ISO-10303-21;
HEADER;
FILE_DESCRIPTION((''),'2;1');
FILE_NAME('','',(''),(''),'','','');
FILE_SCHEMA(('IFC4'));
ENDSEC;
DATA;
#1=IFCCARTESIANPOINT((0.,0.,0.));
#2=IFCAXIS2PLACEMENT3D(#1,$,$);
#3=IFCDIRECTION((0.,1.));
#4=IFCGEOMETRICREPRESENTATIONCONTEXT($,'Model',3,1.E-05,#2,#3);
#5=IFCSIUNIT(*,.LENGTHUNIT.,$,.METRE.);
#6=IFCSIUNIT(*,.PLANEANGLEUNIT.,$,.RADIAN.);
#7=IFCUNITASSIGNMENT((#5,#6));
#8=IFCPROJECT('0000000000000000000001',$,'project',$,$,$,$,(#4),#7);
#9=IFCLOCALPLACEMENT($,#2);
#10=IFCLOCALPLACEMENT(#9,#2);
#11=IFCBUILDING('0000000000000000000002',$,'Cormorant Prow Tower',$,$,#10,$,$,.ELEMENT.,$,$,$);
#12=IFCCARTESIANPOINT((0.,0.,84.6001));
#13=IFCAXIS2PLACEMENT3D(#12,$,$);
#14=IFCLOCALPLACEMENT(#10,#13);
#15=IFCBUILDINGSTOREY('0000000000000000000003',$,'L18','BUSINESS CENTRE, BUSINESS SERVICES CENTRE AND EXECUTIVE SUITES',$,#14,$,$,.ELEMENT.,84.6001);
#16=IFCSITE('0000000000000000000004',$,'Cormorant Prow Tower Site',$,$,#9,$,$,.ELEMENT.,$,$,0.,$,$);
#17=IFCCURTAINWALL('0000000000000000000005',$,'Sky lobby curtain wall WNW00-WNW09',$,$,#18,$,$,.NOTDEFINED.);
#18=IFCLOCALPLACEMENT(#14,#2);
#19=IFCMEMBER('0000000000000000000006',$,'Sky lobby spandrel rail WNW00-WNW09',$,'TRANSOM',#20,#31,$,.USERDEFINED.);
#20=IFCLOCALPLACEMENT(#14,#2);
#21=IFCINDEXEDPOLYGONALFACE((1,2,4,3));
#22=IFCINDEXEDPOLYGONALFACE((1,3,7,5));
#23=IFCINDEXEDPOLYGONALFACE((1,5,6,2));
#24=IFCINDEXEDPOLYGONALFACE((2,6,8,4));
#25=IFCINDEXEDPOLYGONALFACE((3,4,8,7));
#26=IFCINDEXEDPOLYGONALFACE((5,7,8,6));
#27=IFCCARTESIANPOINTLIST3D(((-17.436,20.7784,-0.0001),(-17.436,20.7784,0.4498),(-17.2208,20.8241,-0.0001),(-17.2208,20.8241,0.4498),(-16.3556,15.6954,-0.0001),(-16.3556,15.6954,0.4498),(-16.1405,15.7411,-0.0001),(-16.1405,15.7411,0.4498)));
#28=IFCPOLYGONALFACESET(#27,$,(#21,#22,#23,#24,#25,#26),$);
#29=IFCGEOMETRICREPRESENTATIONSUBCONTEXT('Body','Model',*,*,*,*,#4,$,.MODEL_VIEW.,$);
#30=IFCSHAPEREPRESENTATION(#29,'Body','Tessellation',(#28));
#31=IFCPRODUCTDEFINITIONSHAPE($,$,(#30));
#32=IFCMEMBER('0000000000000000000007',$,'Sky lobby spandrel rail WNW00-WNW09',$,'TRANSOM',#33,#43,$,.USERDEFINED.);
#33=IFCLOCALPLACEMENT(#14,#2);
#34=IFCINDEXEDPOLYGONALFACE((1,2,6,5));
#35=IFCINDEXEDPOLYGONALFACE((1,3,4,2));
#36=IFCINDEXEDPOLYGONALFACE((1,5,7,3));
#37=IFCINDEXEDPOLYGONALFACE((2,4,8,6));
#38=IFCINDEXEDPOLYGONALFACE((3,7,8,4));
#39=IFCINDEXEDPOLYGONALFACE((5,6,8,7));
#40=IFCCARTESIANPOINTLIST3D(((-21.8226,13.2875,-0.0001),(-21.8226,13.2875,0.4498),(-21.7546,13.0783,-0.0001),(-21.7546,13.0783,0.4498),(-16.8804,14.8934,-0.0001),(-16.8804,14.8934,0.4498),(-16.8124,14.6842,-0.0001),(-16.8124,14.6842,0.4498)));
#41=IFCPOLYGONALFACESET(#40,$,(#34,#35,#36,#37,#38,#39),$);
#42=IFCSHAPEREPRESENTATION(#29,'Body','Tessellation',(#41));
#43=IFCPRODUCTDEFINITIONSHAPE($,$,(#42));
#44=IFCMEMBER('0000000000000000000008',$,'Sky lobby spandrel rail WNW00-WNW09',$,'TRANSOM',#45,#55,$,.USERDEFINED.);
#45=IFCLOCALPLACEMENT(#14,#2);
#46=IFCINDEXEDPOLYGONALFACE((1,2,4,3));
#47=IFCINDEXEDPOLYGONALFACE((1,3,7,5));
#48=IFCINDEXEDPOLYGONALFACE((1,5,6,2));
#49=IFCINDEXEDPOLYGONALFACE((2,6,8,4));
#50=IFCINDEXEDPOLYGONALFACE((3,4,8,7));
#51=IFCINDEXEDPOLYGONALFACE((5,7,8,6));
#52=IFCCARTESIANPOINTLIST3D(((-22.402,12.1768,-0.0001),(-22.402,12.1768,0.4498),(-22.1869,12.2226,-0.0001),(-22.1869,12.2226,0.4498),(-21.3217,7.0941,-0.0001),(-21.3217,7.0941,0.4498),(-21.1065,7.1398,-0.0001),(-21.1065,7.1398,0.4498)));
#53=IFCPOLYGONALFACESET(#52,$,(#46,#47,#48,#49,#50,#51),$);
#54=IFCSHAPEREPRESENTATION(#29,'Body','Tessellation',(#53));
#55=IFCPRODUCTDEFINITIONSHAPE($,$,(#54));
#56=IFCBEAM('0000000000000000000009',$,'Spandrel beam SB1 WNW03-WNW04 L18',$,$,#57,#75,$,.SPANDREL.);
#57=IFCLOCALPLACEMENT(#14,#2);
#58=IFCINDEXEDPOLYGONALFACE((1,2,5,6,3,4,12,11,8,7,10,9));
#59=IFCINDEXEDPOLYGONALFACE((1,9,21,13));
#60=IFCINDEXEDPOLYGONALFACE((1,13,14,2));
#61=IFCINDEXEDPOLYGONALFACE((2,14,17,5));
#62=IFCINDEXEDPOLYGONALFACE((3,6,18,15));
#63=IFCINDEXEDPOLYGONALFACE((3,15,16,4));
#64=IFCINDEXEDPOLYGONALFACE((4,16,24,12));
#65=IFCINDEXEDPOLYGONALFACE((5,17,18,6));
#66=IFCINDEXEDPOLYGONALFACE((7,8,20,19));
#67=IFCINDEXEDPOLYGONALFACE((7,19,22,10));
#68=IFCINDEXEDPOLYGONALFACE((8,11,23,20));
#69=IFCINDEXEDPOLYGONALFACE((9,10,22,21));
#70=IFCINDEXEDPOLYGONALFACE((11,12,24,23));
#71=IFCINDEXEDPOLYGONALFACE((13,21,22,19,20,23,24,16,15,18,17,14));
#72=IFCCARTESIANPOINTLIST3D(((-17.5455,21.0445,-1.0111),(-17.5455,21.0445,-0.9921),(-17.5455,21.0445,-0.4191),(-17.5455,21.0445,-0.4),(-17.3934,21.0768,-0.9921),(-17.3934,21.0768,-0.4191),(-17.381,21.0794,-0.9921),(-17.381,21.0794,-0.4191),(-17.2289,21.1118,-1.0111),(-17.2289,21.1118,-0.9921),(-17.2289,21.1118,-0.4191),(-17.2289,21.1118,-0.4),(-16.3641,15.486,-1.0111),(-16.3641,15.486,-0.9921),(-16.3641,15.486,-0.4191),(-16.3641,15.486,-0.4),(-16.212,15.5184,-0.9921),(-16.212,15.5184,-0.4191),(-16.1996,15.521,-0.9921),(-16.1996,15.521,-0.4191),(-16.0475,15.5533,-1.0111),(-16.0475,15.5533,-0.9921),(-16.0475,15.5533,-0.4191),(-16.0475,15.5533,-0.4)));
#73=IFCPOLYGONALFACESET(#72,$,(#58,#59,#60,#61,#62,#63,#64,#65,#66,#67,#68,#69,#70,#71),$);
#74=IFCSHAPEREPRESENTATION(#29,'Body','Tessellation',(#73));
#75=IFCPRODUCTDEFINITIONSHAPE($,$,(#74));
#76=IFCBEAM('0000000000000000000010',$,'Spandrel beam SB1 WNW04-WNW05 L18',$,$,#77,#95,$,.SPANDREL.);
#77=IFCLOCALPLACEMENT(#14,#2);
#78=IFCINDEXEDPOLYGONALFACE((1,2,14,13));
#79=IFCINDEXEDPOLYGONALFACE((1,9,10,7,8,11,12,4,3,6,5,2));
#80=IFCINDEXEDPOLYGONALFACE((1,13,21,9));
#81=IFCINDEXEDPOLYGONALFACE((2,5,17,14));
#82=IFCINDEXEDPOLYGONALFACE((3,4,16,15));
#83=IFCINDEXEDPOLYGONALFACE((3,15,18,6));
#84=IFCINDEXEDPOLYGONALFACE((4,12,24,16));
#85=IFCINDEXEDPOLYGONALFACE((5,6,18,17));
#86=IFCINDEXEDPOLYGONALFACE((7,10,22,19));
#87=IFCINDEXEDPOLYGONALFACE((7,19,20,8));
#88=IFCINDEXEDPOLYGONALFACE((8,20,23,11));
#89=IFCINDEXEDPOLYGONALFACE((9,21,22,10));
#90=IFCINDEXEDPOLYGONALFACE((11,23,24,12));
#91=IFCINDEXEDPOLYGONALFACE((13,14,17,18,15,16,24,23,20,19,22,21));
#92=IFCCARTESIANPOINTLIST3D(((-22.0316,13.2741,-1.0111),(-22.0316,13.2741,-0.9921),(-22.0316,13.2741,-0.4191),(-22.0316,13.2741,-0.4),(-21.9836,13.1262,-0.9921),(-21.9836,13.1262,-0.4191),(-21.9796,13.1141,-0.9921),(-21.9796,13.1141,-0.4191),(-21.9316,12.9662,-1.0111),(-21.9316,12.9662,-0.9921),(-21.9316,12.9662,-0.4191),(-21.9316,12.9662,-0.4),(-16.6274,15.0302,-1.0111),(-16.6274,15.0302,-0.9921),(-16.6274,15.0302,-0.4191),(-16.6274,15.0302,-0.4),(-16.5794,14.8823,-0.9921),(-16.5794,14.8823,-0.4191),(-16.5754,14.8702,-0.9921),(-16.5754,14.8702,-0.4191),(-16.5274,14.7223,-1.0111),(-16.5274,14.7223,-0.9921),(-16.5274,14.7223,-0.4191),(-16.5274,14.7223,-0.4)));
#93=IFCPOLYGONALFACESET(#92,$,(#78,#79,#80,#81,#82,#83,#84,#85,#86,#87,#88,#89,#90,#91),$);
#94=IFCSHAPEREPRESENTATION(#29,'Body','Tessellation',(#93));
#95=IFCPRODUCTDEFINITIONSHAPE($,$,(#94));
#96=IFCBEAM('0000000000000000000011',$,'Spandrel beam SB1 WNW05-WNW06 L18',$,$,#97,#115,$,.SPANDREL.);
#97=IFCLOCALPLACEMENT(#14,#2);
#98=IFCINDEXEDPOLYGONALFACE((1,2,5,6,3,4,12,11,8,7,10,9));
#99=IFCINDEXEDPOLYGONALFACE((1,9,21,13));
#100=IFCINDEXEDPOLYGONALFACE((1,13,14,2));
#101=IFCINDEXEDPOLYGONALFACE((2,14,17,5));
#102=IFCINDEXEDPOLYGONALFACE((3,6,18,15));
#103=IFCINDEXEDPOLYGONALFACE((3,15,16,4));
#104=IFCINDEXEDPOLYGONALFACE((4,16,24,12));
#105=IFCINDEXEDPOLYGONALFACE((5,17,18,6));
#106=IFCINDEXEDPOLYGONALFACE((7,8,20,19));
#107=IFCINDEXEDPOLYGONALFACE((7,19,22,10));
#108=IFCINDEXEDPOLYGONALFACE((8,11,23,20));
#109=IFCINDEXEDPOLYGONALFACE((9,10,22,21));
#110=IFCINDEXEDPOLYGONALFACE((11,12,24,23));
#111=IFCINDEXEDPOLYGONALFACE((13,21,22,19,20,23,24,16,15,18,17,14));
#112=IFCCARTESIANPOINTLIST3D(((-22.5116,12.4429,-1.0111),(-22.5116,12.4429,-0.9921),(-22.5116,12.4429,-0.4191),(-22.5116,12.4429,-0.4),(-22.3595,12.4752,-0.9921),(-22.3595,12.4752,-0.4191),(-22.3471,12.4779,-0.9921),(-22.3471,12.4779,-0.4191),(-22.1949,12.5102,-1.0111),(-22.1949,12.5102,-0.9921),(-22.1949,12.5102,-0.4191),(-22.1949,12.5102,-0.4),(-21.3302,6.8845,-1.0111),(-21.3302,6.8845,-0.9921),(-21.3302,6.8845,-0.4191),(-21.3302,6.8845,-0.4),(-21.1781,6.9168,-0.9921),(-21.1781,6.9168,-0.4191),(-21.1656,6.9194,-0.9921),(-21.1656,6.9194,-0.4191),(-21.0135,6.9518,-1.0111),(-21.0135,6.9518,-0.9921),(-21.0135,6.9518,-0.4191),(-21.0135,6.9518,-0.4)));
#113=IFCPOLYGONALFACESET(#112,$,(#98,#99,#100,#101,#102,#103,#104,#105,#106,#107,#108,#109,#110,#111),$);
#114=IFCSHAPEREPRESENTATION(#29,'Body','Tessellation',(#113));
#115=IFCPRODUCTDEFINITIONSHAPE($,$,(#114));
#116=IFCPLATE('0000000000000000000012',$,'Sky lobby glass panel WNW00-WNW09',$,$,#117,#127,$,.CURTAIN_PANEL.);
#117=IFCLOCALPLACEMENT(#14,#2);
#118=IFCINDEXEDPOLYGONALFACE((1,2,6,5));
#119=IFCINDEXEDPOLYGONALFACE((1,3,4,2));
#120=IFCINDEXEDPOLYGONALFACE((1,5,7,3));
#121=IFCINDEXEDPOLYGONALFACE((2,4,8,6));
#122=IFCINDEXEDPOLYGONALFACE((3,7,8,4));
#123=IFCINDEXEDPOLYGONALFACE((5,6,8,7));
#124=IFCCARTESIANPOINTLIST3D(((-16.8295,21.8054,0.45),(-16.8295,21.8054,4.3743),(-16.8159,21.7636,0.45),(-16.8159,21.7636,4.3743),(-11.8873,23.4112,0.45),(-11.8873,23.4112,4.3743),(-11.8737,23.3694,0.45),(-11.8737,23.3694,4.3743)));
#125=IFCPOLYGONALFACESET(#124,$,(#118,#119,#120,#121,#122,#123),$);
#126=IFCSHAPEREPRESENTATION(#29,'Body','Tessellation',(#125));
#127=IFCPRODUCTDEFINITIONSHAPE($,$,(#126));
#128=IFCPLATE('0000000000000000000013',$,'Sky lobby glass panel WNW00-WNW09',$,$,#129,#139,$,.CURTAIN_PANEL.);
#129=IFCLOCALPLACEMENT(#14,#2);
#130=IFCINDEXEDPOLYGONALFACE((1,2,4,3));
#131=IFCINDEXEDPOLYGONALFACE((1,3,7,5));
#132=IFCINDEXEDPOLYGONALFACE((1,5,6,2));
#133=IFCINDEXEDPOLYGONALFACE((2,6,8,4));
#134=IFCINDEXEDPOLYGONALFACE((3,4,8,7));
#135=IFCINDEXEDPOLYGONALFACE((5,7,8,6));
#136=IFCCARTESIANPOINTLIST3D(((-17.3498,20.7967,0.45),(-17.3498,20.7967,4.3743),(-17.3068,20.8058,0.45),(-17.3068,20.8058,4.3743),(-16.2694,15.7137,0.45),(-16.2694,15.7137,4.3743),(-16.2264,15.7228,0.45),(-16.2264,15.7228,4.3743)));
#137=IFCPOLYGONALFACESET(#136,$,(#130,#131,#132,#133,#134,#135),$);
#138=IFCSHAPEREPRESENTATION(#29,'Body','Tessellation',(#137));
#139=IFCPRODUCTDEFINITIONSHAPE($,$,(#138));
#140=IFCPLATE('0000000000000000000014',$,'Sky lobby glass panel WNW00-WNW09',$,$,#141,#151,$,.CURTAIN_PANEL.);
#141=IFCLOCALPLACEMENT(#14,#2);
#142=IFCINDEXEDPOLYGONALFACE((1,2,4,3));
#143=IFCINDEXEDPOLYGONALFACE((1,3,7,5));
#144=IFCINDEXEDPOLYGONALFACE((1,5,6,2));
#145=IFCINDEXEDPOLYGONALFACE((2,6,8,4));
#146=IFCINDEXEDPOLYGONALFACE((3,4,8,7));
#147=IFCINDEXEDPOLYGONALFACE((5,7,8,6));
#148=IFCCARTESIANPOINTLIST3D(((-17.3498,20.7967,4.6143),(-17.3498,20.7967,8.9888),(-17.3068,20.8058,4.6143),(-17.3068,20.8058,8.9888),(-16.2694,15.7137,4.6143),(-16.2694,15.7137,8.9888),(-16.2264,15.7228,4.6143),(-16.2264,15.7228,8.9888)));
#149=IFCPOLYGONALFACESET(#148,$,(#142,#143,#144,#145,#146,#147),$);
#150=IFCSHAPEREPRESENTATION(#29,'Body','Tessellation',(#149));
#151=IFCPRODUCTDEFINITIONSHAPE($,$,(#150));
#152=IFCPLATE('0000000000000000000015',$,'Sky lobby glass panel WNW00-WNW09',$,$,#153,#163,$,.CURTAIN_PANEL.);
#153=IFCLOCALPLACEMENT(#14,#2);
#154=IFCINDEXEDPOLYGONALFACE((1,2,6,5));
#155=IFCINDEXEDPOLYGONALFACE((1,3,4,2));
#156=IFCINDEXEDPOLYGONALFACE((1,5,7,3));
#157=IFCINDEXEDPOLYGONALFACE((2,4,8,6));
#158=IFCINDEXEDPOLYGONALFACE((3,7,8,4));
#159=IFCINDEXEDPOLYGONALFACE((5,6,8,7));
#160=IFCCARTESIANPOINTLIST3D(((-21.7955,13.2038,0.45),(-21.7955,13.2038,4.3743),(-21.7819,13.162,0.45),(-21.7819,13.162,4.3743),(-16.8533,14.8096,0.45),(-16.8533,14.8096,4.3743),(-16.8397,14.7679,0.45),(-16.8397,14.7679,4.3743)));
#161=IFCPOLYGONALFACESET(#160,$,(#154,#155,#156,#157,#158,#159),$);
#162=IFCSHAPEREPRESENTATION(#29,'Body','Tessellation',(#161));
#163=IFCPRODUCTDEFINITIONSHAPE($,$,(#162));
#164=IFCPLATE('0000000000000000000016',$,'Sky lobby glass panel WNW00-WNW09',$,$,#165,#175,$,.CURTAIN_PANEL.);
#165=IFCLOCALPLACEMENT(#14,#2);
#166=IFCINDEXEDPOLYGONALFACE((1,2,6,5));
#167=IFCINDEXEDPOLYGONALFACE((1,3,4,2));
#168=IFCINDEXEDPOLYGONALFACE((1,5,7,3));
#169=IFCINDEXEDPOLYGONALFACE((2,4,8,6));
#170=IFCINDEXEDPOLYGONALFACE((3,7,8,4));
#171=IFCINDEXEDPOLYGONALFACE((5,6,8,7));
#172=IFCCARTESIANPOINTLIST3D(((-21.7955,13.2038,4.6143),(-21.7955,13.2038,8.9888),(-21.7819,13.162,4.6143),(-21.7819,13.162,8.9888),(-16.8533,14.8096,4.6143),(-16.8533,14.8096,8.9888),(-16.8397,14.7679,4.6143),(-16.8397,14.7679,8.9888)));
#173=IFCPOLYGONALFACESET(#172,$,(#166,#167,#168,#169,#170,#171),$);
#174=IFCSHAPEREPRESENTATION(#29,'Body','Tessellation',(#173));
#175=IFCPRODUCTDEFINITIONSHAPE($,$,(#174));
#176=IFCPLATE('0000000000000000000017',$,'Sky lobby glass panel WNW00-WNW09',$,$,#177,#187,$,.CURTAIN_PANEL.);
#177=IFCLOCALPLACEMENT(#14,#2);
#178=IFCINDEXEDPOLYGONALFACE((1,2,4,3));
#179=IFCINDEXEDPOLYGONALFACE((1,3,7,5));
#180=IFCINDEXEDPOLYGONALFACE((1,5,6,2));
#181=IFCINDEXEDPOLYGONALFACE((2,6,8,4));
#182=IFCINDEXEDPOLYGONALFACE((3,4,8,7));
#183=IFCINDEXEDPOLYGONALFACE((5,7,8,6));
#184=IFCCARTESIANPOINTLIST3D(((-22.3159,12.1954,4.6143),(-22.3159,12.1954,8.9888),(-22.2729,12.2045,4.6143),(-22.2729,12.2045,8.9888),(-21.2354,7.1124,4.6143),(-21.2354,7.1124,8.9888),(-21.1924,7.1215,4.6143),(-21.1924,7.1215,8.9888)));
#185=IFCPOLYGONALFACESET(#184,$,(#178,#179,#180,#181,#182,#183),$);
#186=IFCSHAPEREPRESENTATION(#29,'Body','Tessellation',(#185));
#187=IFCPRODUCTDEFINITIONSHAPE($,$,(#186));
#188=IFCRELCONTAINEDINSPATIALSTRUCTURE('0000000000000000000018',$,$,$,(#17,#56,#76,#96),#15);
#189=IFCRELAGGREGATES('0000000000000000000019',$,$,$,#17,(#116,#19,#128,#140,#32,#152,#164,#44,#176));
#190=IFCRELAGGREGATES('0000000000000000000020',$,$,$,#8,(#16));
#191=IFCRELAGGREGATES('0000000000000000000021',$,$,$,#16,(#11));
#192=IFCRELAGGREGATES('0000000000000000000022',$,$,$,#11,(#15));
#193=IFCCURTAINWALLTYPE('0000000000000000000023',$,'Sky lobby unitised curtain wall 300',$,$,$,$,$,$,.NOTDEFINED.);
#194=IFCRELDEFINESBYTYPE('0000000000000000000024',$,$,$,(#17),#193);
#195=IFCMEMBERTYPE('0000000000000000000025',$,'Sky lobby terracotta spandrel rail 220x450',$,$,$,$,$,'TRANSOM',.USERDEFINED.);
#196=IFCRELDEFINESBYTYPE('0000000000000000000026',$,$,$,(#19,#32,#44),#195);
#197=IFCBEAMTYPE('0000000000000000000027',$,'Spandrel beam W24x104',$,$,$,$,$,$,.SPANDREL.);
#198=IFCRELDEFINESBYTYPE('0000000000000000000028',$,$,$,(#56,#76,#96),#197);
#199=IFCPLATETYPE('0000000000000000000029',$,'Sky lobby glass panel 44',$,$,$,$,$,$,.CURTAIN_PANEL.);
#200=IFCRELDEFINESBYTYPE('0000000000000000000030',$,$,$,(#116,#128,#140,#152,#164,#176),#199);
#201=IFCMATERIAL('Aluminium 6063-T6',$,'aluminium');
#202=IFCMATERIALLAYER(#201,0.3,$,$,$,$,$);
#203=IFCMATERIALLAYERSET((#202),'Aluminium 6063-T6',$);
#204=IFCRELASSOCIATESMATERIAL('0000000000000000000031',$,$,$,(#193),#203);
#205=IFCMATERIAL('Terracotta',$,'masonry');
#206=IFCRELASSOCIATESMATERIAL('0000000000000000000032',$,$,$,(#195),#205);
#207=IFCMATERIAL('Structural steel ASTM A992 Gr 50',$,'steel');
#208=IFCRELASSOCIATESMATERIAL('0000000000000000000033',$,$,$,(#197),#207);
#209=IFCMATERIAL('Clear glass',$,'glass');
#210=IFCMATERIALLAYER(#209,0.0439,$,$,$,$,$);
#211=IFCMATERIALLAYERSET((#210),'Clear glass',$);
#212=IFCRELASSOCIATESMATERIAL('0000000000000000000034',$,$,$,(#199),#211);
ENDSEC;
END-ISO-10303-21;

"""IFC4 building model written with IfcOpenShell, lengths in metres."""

from ifc_helpers import new_model, si_unit, direction, frame, origin, origin_2d, place, context, subcontext, project, spatial, rectangle, i_section, extrude, material, layer, layer_set, material_profile, profile_set, type_object, element, aggregate, save


model = new_model("IFC4")

# Units and contexts
model_context = context("Model", 3, precision=1e-05, world=origin(), true_north=direction((0.0, 1.0)))
body_context = subcontext(model_context, "Body", "Model", "MODEL_VIEW")
ifc_project = project(units=[si_unit("LENGTHUNIT", "METRE"), si_unit("PLANEANGLEUNIT", "RADIAN")], contexts=[model_context])

# Site, building, storey
site_placement = place(None, origin())
site = spatial("IfcSite", under=ifc_project, at=site_placement, Name="Cormorant Prow Tower Site", CompositionType="ELEMENT", RefElevation=0.0)
building_placement = place(site_placement, origin())
building = spatial("IfcBuilding", under=site, at=building_placement, Name="Cormorant Prow Tower", CompositionType="ELEMENT")
storey_placement = place(building_placement, frame((0.0, 0.0, 84.6001)))
storey = spatial("IfcBuildingStorey", under=building, at=storey_placement, Name="L18", Description="BUSINESS CENTRE, BUSINESS SERVICES CENTRE AND EXECUTIVE SUITES", CompositionType="ELEMENT", Elevation=84.6001)

# Curtain wall, members
ifc_material_1 = material(Name="Aluminium 6063-T6", Category="aluminium")
ifc_layer_1 = layer(ifc_material_1, 0.3)
ifc_layer_set_1 = layer_set([ifc_layer_1], Name="Aluminium 6063-T6")
curtain_wall_type = type_object("IfcCurtainWallType", Name="Sky lobby unitised curtain wall 300", PredefinedType="NOTDEFINED", material=ifc_layer_set_1)
curtain_wall_placement = place(storey_placement, origin())
curtain_wall = element("IfcCurtainWall", 1, at=curtain_wall_placement, inside=storey, type_object=curtain_wall_type, Name="Sky lobby curtain wall WNW00-WNW09", PredefinedType="NOTDEFINED")
ifc_material_2 = material(Name="Terracotta", Category="masonry")
ifc_material_profile_1 = material_profile(ifc_material_2, rectangle(XDim=0.22, YDim=0.45, at=origin_2d()), Name="Sky lobby terracotta spandrel rail 220x450")
ifc_profile_set_1 = profile_set([ifc_material_profile_1], Name="Terracotta")
member_type_1 = type_object("IfcMemberType", Name="Sky lobby terracotta spandrel rail 220x450", ElementType="TRANSOM", PredefinedType="USERDEFINED", material=ifc_profile_set_1)
member_1_placement = place(storey_placement, frame((-17.3284, 20.8013, 0.2249), z_axis=(0.207892, -0.978152, 0.0), x_axis=(0.978152, 0.207892, 0.0)))
member_1 = element("IfcMember", 2, at=member_1_placement, type_object=member_type_1, Name="Sky lobby spandrel rail WNW00-WNW09", ObjectType="TRANSOM", PredefinedType="USERDEFINED", context=body_context, shape_type="SweptSolid", body=[
    extrude(rectangle(XDim=0.22, YDim=0.45, at=origin_2d()), origin(), (0.0, 0.0, 1.0), 5.1965),
])
member_2_placement = place(storey_placement, frame((-16.8464, 14.7888, 0.2249), z_axis=(-0.951048, -0.309045, 0.0), x_axis=(0.309045, -0.951048, 0.0)))
member_2 = element("IfcMember", 3, at=member_2_placement, type_object=member_type_1, Name="Sky lobby spandrel rail WNW00-WNW09", ObjectType="TRANSOM", PredefinedType="USERDEFINED", context=body_context, shape_type="SweptSolid", body=[
    extrude(rectangle(XDim=0.22, YDim=0.45, at=origin_2d()), origin(), (0.0, 0.0, 1.0), 5.1965),
])
member_3_placement = place(storey_placement, frame((-22.2944, 12.1997, 0.2249), z_axis=(0.207902, -0.97815, 0.0), x_axis=(0.97815, 0.207902, 0.0)))
member_3 = element("IfcMember", 4, at=member_3_placement, type_object=member_type_1, Name="Sky lobby spandrel rail WNW00-WNW09", ObjectType="TRANSOM", PredefinedType="USERDEFINED", context=body_context, shape_type="SweptSolid", body=[
    extrude(rectangle(XDim=0.22, YDim=0.45, at=origin_2d()), origin(), (0.0, 0.0, 1.0), 5.1963),
])

# Beams
ifc_material_3 = material(Name="Structural steel ASTM A992 Gr 50", Category="steel")
ifc_material_profile_2 = material_profile(ifc_material_3, i_section(OverallWidth=0.3237, OverallDepth=0.6111, WebThickness=0.0127, FlangeThickness=0.019, at=origin_2d()), Name="W24x104")
ifc_profile_set_2 = profile_set([ifc_material_profile_2], Name="Structural steel ASTM A992 Gr 50")
beam_type_1 = type_object("IfcBeamType", Name="Spandrel beam W24x104", PredefinedType="SPANDREL", material=ifc_profile_set_2)
beam_1_placement = place(storey_placement, frame((-17.3872, 21.0781, -0.7056), z_axis=(0.2079, -0.97815, 0.0), x_axis=(0.97815, 0.2079, 0.0)))
element("IfcBeam", 5, at=beam_1_placement, inside=storey, type_object=beam_type_1, Name="Spandrel beam SB1 WNW03-WNW04 L18", PredefinedType="SPANDREL", context=body_context, shape_type="SweptSolid", body=[
    extrude(i_section(OverallWidth=0.3237, OverallDepth=0.6111, WebThickness=0.0127, FlangeThickness=0.019, at=origin_2d()), origin(), (0.0, 0.0, 1.0), 5.6826),
])
beam_2_placement = place(storey_placement, frame((-16.5774, 14.8762, -0.7056), z_axis=(-0.951049, -0.309039, 0.0), x_axis=(0.309039, -0.951049, 0.0)))
element("IfcBeam", 6, at=beam_2_placement, inside=storey, type_object=beam_type_1, Name="Spandrel beam SB1 WNW04-WNW05 L18", PredefinedType="SPANDREL", context=body_context, shape_type="SweptSolid", body=[
    extrude(i_section(OverallWidth=0.3237, OverallDepth=0.6111, WebThickness=0.0127, FlangeThickness=0.019, at=origin_2d()), origin(), (0.0, 0.0, 1.0), 5.6824),
])
beam_3_placement = place(storey_placement, frame((-22.3533, 12.4766, -0.7056), z_axis=(0.2079, -0.97815, 0.0), x_axis=(0.97815, 0.2079, 0.0)))
element("IfcBeam", 7, at=beam_3_placement, inside=storey, type_object=beam_type_1, Name="Spandrel beam SB1 WNW05-WNW06 L18", PredefinedType="SPANDREL", context=body_context, shape_type="SweptSolid", body=[
    extrude(i_section(OverallWidth=0.3237, OverallDepth=0.6111, WebThickness=0.0127, FlangeThickness=0.019, at=origin_2d()), origin(), (0.0, 0.0, 1.0), 5.6826),
])

# Plates
ifc_material_4 = material(Name="Clear glass", Category="glass")
ifc_layer_2 = layer(ifc_material_4, 0.0439)
ifc_layer_set_2 = layer_set([ifc_layer_2], Name="Clear glass")
plate_type = type_object("IfcPlateType", Name="Sky lobby glass panel 44", PredefinedType="CURTAIN_PANEL", material=ifc_layer_set_2)
plate_1_placement = place(storey_placement, frame((-14.3516, 22.5874, 0.45), z_axis=(0.0, 0.0, 1.0), x_axis=(-0.951057, -0.309017, 0.0)))
plate_1 = element("IfcPlate", 8, at=plate_1_placement, type_object=plate_type, Name="Sky lobby glass panel WNW00-WNW09", PredefinedType="CURTAIN_PANEL", context=body_context, shape_type="SweptSolid", body=[
    extrude(rectangle(XDim=5.1965, YDim=0.0439, at=origin_2d()), origin(), (0.0, 0.0, 1.0), 3.9243),
])
plate_2_placement = place(storey_placement, frame((-16.7881, 18.2598, 0.45), z_axis=(0.0, 0.0, 1.0), x_axis=(0.207912, -0.978148, 0.0)))
plate_2 = element("IfcPlate", 9, at=plate_2_placement, type_object=plate_type, Name="Sky lobby glass panel WNW00-WNW09", PredefinedType="CURTAIN_PANEL", context=body_context, shape_type="SweptSolid", body=[
    extrude(rectangle(XDim=5.1965, YDim=0.0439, at=origin_2d()), origin(), (0.0, 0.0, 1.0), 3.9243),
])
plate_3_placement = place(storey_placement, frame((-16.7881, 18.2598, 4.6143), z_axis=(0.0, 0.0, 1.0), x_axis=(0.207912, -0.978148, 0.0)))
plate_3 = element("IfcPlate", 10, at=plate_3_placement, type_object=plate_type, Name="Sky lobby glass panel WNW00-WNW09", PredefinedType="CURTAIN_PANEL", context=body_context, shape_type="SweptSolid", body=[
    extrude(rectangle(XDim=5.1965, YDim=0.0439, at=origin_2d()), origin(), (0.0, 0.0, 1.0), 4.3745),
])
plate_4_placement = place(storey_placement, frame((-19.3176, 13.9858, 0.45), z_axis=(0.0, 0.0, 1.0), x_axis=(-0.951056, -0.309017, 0.0)))
plate_4 = element("IfcPlate", 11, at=plate_4_placement, type_object=plate_type, Name="Sky lobby glass panel WNW00-WNW09", PredefinedType="CURTAIN_PANEL", context=body_context, shape_type="SweptSolid", body=[
    extrude(rectangle(XDim=5.1965, YDim=0.0439, at=origin_2d()), origin(), (0.0, 0.0, 1.0), 3.9243),
])
plate_5_placement = place(storey_placement, frame((-19.3176, 13.9858, 4.6143), z_axis=(0.0, 0.0, 1.0), x_axis=(-0.951056, -0.309017, 0.0)))
plate_5 = element("IfcPlate", 12, at=plate_5_placement, type_object=plate_type, Name="Sky lobby glass panel WNW00-WNW09", PredefinedType="CURTAIN_PANEL", context=body_context, shape_type="SweptSolid", body=[
    extrude(rectangle(XDim=5.1965, YDim=0.0439, at=origin_2d()), origin(), (0.0, 0.0, 1.0), 4.3745),
])
plate_6_placement = place(storey_placement, frame((-21.7542, 9.6584, 4.6143), z_axis=(0.0, 0.0, 1.0), x_axis=(0.207912, -0.978148, 0.0)))
plate_6 = element("IfcPlate", 13, at=plate_6_placement, type_object=plate_type, Name="Sky lobby glass panel WNW00-WNW09", PredefinedType="CURTAIN_PANEL", context=body_context, shape_type="SweptSolid", body=[
    extrude(rectangle(XDim=5.1965, YDim=0.0439, at=origin_2d()), origin(), (0.0, 0.0, 1.0), 4.3745),
])
aggregate(curtain_wall, [plate_1, member_1, plate_2, plate_3, member_2, plate_4, plate_5, member_3, plate_6])

save(model, "model.ifc")
